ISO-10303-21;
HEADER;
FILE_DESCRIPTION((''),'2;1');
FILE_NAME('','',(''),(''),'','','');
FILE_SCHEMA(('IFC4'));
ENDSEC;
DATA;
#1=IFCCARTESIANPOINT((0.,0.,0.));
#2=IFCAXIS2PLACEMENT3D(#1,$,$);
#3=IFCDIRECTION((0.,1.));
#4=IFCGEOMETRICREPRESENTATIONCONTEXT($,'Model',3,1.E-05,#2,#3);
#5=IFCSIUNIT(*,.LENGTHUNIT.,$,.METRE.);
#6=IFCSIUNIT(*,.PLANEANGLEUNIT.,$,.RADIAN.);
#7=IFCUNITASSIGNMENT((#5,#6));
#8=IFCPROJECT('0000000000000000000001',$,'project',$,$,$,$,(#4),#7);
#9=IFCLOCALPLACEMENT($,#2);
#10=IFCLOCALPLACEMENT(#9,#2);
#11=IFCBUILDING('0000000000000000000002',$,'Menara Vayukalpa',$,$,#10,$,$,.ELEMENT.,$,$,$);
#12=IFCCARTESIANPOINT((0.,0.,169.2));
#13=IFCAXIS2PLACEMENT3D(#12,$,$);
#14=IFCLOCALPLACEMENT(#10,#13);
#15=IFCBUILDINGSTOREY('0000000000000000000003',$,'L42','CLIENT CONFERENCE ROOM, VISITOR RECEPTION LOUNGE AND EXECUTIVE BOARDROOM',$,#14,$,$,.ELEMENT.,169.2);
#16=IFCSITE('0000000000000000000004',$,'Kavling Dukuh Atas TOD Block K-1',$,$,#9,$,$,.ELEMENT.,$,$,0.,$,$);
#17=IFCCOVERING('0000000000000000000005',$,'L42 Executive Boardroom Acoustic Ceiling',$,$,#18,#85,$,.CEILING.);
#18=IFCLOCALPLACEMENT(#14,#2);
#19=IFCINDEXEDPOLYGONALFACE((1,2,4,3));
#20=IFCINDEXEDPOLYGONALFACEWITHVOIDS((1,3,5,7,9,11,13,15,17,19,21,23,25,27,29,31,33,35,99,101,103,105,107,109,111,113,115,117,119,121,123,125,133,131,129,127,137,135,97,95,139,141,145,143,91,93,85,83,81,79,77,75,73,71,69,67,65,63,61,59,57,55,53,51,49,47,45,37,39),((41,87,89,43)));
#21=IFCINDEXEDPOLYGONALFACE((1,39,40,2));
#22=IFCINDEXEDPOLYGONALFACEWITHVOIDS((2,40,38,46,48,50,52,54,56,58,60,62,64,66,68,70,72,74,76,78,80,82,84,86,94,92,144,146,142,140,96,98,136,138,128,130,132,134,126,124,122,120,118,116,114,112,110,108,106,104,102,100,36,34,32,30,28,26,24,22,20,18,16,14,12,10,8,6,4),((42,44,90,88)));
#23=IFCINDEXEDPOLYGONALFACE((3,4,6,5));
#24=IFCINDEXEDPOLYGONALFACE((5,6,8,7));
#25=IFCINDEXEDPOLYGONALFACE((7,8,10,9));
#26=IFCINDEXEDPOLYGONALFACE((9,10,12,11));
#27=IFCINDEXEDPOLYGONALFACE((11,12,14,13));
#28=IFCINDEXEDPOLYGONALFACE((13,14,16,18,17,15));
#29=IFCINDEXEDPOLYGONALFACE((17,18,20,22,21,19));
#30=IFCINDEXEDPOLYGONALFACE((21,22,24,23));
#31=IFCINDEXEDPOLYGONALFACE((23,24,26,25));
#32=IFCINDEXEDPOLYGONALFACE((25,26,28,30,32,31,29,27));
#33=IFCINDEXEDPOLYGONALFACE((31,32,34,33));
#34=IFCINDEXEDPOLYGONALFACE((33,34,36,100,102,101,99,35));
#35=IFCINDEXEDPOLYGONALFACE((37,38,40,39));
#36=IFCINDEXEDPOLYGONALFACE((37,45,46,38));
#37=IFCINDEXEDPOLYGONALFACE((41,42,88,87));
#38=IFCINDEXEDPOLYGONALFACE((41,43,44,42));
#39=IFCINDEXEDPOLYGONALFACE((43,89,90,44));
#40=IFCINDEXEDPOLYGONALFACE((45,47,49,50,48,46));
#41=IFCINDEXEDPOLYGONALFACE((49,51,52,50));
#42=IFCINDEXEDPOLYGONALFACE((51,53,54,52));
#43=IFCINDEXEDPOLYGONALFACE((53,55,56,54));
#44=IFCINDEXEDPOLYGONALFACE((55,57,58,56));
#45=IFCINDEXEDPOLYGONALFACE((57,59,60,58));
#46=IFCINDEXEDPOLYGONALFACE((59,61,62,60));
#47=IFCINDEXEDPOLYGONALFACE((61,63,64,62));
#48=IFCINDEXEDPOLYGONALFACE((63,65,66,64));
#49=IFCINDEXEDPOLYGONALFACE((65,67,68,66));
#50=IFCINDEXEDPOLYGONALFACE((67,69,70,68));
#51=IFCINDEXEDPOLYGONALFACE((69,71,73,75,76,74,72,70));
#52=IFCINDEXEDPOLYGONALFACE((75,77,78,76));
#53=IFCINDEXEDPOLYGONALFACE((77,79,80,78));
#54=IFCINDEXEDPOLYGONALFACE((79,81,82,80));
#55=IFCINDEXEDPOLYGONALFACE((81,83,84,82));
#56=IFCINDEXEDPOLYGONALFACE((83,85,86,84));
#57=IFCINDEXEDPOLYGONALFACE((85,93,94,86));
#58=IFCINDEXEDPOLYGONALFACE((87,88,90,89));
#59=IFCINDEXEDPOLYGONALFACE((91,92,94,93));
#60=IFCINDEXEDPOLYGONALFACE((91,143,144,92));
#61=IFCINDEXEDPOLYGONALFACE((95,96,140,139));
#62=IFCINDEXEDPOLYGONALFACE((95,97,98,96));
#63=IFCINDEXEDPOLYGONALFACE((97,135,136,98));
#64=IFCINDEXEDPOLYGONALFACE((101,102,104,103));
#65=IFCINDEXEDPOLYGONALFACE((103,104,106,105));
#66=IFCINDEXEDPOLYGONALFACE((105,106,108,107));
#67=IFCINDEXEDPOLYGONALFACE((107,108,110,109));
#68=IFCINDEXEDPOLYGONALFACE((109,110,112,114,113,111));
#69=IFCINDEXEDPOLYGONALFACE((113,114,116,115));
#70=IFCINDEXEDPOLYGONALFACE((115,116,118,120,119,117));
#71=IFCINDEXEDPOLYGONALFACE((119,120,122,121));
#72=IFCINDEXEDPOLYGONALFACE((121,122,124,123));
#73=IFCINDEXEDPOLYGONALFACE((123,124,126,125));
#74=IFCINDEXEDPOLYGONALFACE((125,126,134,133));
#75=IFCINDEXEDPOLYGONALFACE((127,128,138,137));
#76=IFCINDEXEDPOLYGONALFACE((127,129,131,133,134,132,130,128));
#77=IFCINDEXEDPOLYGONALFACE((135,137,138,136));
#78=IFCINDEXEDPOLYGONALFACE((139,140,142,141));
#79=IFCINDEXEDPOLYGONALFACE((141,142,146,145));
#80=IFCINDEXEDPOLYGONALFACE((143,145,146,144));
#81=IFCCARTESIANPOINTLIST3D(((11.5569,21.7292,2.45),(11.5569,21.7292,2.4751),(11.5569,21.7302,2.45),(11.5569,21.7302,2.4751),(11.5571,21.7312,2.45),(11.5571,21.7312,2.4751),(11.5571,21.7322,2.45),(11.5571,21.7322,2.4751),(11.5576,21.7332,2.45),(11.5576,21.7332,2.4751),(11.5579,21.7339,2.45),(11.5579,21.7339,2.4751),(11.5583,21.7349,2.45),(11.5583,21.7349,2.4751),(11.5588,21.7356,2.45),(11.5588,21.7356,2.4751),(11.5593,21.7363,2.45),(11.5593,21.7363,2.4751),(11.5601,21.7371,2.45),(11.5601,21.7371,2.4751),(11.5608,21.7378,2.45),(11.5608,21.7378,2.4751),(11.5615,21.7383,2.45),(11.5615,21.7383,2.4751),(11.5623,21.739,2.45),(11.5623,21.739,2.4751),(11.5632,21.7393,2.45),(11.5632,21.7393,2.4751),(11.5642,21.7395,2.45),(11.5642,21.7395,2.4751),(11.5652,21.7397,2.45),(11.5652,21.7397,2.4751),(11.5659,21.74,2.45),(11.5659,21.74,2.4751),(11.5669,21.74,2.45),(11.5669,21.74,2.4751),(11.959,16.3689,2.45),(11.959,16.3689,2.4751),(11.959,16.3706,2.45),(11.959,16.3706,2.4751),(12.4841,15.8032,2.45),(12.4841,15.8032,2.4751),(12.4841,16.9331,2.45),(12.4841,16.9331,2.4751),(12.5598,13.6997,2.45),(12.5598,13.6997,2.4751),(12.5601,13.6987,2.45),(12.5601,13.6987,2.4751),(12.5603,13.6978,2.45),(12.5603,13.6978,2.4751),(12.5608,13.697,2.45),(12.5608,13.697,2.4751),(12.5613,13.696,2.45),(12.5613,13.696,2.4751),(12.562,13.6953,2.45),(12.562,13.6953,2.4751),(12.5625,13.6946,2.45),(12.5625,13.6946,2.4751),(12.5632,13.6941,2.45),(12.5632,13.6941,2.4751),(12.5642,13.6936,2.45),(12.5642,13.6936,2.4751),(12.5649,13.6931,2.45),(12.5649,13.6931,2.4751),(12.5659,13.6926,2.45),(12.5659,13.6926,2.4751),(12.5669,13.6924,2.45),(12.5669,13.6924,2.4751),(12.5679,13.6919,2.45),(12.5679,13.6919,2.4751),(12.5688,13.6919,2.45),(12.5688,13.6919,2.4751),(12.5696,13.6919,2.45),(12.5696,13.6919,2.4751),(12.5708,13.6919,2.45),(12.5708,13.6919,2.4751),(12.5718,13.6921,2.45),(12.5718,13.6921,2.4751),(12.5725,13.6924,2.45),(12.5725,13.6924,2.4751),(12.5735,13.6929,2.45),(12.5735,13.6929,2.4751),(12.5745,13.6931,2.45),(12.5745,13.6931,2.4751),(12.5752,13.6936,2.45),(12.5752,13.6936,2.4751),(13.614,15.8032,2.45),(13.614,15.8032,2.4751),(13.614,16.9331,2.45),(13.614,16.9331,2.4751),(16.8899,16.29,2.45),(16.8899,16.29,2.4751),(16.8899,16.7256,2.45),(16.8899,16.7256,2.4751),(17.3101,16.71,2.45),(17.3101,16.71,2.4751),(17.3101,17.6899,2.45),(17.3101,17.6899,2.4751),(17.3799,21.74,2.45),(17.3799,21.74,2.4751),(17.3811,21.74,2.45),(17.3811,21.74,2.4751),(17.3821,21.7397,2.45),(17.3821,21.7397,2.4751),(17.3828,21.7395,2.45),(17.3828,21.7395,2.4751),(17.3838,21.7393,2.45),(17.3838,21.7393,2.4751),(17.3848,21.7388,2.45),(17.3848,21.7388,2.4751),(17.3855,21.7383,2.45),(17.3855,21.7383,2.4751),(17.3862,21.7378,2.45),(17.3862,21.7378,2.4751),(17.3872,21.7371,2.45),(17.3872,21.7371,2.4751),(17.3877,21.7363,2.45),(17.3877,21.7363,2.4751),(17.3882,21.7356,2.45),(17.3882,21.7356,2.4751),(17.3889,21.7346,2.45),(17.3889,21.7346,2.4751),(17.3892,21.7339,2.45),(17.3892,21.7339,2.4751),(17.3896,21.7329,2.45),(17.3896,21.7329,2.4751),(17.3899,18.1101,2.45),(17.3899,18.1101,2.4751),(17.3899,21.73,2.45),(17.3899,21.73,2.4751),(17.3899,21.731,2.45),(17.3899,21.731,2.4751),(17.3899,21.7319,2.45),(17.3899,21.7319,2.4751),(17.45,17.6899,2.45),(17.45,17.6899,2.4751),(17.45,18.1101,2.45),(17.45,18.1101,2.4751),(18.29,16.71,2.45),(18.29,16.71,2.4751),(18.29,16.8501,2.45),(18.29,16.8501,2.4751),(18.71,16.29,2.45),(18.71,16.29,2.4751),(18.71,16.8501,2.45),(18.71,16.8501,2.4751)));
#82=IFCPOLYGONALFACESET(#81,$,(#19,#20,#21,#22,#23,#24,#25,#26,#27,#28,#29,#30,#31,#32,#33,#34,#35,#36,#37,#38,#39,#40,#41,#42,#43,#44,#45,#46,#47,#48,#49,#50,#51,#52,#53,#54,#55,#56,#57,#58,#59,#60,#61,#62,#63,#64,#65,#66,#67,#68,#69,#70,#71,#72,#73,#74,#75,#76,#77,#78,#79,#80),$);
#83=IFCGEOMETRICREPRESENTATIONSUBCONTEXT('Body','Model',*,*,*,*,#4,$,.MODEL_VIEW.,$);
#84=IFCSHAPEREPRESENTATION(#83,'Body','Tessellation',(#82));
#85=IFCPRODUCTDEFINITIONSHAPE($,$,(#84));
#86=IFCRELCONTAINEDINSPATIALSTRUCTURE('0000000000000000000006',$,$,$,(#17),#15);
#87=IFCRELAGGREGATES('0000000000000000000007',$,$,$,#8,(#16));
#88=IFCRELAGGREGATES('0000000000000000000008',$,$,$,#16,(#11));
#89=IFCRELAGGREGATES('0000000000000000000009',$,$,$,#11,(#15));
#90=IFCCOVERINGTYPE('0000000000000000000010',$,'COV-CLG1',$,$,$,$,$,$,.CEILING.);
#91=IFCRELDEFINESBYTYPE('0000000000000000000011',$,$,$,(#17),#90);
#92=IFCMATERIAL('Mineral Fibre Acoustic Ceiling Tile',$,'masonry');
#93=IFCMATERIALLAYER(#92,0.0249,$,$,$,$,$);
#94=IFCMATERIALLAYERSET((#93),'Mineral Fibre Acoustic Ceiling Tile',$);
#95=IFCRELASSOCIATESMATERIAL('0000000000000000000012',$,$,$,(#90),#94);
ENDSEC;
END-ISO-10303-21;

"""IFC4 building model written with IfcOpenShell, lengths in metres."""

from ifc_helpers import new_model, si_unit, direction, frame, origin, place, context, subcontext, project, spatial, polyline, outline, extrude, material, layer, layer_set, type_object, element, save


model = new_model("IFC4")

# Units and contexts
model_context = context("Model", 3, precision=1e-05, world=origin(), true_north=direction((0.0, 1.0)))
body_context = subcontext(model_context, "Body", "Model", "MODEL_VIEW")
ifc_project = project(units=[si_unit("LENGTHUNIT", "METRE"), si_unit("PLANEANGLEUNIT", "RADIAN")], contexts=[model_context])

# Site, building, storey
site_placement = place(None, origin())
site = spatial("IfcSite", under=ifc_project, at=site_placement, Name="Kavling Dukuh Atas TOD Block K-1", CompositionType="ELEMENT", RefElevation=0.0)
building_placement = place(site_placement, origin())
building = spatial("IfcBuilding", under=site, at=building_placement, Name="Menara Vayukalpa", CompositionType="ELEMENT")
storey_placement = place(building_placement, frame((0.0, 0.0, 169.2)))
storey = spatial("IfcBuildingStorey", under=building, at=storey_placement, Name="L42", Description="CLIENT CONFERENCE ROOM, VISITOR RECEPTION LOUNGE AND EXECUTIVE BOARDROOM", CompositionType="ELEMENT", Elevation=169.2)

# Covering
ifc_material_1 = material(Name="Mineral Fibre Acoustic Ceiling Tile", Category="masonry")
ifc_layer_1 = layer(ifc_material_1, 0.0249)
ifc_layer_set_1 = layer_set([ifc_layer_1], Name="Mineral Fibre Acoustic Ceiling Tile")
covering_type_1 = type_object("IfcCoveringType", Name="COV-CLG1", PredefinedType="CEILING", material=ifc_layer_set_1)
covering_1_placement = place(storey_placement, frame((0.0, 0.0, 2.45)))
element("IfcCovering", 1, at=covering_1_placement, inside=storey, type_object=covering_type_1, Name="L42 Executive Boardroom Acoustic Ceiling", PredefinedType="CEILING", context=body_context, shape_type="SweptSolid", body=[
    extrude(outline(polyline([(12.5745, 13.6931), (12.5735, 13.6929), (12.5725, 13.6924), (12.5718, 13.6921), (12.5708, 13.6919), (12.5696, 13.6919), (12.5688, 13.6919), (12.5679, 13.6919), (12.5669, 13.6924), (12.5659, 13.6926), (12.5649, 13.6931), (12.5642, 13.6936), (12.5632, 13.6941), (12.5625, 13.6946), (12.562, 13.6953), (12.5613, 13.696), (12.5608, 13.697), (12.5603, 13.6978), (12.5601, 13.6987), (12.5598, 13.6997), (11.959, 16.3689), (11.959, 16.3706), (11.5569, 21.7292), (11.5569, 21.7302), (11.5571, 21.7312), (11.5571, 21.7322), (11.5576, 21.7332), (11.5579, 21.7339), (11.5583, 21.7349), (11.5588, 21.7356), (11.5593, 21.7363), (11.5601, 21.7371), (11.5608, 21.7378), (11.5615, 21.7383), (11.5623, 21.739), (11.5632, 21.7393), (11.5642, 21.7395), (11.5652, 21.7397), (11.5659, 21.74), (11.5669, 21.74), (17.3799, 21.74), (17.3811, 21.74), (17.3821, 21.7397), (17.3828, 21.7395), (17.3838, 21.7393), (17.3848, 21.7388), (17.3855, 21.7383), (17.3862, 21.7378), (17.3872, 21.7371), (17.3877, 21.7363), (17.3882, 21.7356), (17.3889, 21.7346), (17.3892, 21.7339), (17.3896, 21.7329), (17.3899, 21.7319), (17.3899, 21.731), (17.3899, 21.73), (17.3899, 18.1101), (17.45, 18.1101), (17.45, 17.6899), (17.3101, 17.6899), (17.3101, 16.71), (18.29, 16.71), (18.29, 16.8501), (18.71, 16.8501), (18.71, 16.29), (16.8899, 16.29), (16.8899, 16.7256), (12.5752, 13.6936), (12.5745, 13.6931)]), holes=[polyline([(13.614, 16.9331), (12.4841, 16.9331), (12.4841, 15.8032), (13.614, 15.8032), (13.614, 16.9331)])]), origin(), (0.0, 0.0, 1.0), 0.0251),
])

save(model, "model.ifc")
